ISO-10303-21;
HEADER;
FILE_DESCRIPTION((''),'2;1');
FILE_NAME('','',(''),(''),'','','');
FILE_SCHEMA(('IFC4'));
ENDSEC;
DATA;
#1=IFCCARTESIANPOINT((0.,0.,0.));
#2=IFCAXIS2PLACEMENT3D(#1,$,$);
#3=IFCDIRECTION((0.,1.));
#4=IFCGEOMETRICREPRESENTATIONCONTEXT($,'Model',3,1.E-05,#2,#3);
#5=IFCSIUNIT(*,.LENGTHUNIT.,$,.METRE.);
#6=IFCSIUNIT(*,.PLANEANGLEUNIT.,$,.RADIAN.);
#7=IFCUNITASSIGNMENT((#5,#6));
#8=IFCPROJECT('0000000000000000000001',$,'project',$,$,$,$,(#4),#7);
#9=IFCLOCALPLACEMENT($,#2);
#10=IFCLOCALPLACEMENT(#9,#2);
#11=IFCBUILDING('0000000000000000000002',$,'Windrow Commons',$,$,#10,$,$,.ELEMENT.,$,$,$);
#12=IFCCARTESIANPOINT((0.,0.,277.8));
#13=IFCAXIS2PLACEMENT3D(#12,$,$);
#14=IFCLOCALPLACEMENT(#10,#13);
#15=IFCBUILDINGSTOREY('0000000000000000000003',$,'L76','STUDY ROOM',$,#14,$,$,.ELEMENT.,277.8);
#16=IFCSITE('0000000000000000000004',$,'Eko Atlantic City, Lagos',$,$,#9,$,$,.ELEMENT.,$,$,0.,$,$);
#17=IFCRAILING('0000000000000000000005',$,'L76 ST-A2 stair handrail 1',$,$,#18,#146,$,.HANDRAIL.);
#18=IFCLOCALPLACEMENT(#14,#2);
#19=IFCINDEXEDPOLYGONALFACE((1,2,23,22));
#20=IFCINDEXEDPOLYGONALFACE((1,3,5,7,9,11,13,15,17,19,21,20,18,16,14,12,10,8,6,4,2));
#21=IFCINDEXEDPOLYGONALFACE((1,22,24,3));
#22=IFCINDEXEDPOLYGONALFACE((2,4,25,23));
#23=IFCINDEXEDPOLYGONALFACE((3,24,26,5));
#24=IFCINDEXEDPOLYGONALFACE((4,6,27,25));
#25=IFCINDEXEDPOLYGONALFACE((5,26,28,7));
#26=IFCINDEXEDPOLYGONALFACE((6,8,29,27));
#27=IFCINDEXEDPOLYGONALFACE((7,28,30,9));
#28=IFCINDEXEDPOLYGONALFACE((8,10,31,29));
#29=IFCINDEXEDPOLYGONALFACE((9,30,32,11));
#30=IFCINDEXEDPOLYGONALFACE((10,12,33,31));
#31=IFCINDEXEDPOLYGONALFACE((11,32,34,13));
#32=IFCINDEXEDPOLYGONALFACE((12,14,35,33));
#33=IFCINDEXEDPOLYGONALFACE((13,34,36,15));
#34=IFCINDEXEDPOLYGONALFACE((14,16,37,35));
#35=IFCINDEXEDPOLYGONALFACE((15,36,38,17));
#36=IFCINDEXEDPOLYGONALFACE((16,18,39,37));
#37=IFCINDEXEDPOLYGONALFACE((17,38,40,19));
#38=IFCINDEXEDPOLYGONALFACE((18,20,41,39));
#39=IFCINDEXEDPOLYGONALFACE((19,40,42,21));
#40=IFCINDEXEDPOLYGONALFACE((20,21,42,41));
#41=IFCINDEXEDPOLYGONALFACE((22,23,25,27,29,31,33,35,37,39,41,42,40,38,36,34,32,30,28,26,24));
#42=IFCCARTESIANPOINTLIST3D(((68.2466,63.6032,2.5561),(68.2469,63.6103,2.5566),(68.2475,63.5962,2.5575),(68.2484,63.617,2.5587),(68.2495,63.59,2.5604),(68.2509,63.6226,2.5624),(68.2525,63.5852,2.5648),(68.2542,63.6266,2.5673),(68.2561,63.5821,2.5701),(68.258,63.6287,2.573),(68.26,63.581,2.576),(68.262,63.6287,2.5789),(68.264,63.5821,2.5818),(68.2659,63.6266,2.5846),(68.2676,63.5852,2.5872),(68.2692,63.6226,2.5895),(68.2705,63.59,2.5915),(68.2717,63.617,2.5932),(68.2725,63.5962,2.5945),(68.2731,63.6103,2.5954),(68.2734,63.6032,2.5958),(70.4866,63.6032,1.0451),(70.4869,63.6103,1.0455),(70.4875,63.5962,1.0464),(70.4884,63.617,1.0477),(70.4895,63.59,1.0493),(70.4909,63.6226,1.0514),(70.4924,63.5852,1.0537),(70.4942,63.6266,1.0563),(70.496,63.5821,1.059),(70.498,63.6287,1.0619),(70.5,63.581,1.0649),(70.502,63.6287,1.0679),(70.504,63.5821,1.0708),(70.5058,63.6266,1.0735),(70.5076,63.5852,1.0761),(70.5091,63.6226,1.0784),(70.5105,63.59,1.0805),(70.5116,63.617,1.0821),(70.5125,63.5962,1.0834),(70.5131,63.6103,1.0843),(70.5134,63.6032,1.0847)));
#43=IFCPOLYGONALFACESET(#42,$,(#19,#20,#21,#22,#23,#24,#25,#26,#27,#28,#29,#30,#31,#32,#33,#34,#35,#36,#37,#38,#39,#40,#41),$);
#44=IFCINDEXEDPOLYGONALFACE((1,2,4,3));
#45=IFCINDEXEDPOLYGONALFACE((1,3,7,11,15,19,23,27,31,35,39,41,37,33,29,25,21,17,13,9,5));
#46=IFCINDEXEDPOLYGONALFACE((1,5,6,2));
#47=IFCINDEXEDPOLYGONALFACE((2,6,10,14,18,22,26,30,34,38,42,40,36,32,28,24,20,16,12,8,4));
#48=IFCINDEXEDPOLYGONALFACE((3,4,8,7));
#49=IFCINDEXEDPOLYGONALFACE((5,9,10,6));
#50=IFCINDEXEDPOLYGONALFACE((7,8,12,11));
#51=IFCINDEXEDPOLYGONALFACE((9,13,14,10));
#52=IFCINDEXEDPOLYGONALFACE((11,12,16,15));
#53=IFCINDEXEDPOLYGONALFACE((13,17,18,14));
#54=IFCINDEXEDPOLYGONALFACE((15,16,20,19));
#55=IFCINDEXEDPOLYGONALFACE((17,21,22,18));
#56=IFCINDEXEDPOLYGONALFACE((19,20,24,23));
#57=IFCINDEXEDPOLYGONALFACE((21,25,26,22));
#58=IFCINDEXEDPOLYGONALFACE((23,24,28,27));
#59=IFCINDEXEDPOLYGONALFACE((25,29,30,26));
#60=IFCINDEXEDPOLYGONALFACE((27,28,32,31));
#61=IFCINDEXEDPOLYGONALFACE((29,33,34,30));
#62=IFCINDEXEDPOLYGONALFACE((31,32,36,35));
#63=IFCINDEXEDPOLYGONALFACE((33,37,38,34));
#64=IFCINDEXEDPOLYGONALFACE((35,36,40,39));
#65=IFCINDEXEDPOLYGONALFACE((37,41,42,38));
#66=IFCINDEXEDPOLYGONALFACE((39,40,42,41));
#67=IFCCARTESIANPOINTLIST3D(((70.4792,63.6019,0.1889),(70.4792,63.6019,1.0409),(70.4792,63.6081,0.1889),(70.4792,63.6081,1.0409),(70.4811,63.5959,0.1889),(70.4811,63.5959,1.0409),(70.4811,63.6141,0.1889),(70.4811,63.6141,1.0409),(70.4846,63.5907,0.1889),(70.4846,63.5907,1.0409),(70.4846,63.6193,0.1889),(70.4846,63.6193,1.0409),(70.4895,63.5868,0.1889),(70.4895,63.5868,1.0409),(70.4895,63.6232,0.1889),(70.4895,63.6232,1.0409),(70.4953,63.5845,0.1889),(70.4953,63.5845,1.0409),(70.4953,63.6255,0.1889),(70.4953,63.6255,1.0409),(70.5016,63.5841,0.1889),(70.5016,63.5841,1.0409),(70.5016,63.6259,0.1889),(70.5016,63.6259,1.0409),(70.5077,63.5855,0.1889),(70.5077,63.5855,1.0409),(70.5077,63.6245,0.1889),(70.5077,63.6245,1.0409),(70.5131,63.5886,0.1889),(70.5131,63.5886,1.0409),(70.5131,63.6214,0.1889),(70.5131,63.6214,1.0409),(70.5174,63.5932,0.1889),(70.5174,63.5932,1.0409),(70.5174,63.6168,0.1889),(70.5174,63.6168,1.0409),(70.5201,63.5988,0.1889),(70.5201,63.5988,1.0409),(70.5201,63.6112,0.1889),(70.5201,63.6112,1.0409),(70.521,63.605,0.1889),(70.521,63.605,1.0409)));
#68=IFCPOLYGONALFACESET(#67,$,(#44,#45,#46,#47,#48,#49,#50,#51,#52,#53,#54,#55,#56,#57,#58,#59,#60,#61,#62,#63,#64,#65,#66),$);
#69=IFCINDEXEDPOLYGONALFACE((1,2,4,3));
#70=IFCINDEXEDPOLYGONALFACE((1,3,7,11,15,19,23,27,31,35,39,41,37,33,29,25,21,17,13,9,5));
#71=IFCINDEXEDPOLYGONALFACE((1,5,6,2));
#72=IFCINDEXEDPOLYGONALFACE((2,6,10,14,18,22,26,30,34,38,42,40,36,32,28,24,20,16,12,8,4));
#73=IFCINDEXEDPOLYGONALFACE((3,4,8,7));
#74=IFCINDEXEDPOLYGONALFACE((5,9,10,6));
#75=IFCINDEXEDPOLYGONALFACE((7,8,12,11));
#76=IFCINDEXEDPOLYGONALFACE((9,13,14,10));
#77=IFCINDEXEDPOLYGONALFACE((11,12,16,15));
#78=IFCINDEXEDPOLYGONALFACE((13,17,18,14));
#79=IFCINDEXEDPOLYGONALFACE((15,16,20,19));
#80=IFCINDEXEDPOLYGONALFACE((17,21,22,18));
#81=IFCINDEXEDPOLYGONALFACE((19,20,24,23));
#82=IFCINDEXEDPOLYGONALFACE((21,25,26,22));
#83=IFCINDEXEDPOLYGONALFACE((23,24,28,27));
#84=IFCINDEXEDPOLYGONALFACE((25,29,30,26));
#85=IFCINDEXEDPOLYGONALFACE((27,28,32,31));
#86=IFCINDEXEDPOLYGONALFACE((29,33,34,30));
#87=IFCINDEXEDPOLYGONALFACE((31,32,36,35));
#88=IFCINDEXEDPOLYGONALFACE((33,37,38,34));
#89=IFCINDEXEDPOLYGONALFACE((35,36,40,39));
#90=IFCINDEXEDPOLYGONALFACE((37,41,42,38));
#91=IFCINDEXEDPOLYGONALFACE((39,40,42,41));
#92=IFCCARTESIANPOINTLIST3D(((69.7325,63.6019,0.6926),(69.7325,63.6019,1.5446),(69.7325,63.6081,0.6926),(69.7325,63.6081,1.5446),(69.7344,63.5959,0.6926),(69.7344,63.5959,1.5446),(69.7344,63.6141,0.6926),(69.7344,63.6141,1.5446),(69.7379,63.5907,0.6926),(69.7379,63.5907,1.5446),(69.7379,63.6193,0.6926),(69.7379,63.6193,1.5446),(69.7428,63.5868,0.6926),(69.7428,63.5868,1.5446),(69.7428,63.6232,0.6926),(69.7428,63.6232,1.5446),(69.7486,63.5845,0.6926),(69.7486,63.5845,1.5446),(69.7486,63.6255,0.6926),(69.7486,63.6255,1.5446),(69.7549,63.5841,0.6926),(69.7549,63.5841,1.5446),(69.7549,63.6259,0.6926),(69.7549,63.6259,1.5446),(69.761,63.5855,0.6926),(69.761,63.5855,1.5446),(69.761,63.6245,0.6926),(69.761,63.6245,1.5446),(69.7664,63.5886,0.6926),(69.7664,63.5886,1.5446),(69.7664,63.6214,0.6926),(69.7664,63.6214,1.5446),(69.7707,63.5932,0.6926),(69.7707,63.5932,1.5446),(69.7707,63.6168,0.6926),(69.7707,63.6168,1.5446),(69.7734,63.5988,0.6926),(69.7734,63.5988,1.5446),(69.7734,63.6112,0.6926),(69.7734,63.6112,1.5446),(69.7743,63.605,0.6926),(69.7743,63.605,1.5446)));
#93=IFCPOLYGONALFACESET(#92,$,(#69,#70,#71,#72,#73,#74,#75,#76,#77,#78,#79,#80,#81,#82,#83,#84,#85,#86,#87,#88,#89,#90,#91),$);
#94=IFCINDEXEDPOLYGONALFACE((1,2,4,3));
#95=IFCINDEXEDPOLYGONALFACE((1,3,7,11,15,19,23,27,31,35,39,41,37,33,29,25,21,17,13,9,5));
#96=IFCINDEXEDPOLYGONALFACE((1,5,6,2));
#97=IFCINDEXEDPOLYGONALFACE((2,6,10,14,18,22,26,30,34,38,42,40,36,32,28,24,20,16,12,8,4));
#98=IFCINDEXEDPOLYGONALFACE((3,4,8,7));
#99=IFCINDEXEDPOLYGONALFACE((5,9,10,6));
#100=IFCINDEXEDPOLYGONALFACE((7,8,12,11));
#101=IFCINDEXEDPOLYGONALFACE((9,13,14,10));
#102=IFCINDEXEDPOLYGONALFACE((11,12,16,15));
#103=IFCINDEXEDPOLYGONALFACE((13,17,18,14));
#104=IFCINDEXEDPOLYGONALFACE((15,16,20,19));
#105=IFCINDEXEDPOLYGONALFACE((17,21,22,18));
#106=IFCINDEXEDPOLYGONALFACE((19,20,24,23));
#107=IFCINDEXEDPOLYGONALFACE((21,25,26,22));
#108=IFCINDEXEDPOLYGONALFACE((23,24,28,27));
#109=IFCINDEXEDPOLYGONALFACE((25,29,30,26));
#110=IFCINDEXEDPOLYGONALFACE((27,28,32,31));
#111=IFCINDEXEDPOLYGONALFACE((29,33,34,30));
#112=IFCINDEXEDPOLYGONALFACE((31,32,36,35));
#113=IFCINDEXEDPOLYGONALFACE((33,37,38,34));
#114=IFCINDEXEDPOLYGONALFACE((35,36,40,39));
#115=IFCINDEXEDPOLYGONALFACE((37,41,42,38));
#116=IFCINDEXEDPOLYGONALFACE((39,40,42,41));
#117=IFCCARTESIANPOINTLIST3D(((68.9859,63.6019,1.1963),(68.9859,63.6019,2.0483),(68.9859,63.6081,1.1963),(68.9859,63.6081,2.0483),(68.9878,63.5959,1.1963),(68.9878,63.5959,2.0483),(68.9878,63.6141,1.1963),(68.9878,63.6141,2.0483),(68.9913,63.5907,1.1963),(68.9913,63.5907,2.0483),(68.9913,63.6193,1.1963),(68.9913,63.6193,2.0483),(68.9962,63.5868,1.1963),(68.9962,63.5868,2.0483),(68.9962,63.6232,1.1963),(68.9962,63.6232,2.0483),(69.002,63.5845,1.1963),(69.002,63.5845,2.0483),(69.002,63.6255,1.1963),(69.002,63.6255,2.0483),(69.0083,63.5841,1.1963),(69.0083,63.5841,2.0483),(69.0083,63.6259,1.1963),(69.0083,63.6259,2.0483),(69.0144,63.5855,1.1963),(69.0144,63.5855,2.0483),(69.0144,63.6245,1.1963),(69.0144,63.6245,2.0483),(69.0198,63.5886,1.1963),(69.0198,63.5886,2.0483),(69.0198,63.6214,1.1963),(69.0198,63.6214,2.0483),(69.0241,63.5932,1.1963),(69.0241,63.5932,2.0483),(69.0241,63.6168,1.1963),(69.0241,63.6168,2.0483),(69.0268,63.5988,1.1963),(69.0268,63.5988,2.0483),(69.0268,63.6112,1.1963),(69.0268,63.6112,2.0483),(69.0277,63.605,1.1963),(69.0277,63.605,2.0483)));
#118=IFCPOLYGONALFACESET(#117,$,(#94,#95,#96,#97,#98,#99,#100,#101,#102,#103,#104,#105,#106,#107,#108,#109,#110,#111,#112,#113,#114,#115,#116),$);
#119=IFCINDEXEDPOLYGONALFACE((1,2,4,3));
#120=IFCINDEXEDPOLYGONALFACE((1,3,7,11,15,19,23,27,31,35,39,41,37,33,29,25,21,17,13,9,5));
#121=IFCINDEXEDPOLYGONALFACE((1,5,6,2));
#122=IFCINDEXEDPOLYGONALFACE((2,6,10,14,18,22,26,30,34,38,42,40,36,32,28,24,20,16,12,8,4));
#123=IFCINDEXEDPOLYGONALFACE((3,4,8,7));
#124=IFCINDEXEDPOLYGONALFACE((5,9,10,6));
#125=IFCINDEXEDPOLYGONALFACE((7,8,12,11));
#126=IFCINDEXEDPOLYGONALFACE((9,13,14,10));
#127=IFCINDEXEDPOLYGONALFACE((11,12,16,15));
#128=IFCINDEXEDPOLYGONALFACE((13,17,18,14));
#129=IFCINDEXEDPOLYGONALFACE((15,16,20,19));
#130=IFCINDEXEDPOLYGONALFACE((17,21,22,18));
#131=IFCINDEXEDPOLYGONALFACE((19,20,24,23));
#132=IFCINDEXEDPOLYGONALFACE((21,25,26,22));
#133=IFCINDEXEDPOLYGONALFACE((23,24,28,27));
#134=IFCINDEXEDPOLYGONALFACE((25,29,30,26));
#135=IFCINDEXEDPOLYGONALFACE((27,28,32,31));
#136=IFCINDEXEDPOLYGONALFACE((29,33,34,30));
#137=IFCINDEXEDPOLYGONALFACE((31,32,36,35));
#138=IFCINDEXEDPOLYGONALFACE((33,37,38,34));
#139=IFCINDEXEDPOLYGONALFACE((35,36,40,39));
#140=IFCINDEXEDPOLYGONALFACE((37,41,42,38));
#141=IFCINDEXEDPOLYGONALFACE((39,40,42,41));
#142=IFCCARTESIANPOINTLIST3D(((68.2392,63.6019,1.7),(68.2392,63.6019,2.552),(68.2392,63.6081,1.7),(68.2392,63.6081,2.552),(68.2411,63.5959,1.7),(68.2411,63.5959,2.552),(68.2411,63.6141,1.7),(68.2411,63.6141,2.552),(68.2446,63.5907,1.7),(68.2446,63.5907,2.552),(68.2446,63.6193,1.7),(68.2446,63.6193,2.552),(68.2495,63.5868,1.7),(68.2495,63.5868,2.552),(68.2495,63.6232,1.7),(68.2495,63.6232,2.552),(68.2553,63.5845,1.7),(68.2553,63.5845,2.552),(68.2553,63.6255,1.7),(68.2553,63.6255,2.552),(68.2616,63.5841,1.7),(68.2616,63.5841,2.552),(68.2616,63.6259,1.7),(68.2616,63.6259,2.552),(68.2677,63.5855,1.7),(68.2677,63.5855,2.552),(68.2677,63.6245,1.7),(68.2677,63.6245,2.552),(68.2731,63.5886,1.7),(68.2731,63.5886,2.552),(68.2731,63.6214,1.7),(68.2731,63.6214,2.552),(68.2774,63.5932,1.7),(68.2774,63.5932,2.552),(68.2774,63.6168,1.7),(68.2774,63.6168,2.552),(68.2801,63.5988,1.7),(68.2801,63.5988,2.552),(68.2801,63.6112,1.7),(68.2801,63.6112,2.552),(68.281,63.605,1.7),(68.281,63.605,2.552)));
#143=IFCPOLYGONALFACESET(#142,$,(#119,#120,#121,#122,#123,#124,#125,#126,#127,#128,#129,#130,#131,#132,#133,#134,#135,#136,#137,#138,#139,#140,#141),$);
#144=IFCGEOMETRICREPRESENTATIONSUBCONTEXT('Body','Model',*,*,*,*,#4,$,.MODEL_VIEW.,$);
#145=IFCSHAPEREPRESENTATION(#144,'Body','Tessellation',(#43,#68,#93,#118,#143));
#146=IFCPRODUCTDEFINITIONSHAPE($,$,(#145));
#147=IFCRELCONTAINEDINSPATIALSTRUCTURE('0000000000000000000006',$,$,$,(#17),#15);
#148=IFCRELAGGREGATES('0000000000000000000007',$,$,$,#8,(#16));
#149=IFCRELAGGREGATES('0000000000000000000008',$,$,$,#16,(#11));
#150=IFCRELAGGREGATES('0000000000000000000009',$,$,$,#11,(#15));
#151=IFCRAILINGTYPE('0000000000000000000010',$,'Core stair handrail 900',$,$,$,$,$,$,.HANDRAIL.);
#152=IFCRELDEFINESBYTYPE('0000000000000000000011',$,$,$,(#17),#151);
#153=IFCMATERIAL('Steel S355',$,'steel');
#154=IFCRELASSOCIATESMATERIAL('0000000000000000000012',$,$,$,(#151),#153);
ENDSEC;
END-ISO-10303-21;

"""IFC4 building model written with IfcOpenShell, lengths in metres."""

from ifc_helpers import new_model, si_unit, direction, frame, origin, origin_2d, place, context, subcontext, project, spatial, circle, extrude, material, type_object, element, save


model = new_model("IFC4")

# Units and contexts
model_context = context("Model", 3, precision=1e-05, world=origin(), true_north=direction((0.0, 1.0)))
body_context = subcontext(model_context, "Body", "Model", "MODEL_VIEW")
ifc_project = project(units=[si_unit("LENGTHUNIT", "METRE"), si_unit("PLANEANGLEUNIT", "RADIAN")], contexts=[model_context])

# Site, building, storey
site_placement = place(None, origin())
site = spatial("IfcSite", under=ifc_project, at=site_placement, Name="Eko Atlantic City, Lagos", CompositionType="ELEMENT", RefElevation=0.0)
building_placement = place(site_placement, origin())
building = spatial("IfcBuilding", under=site, at=building_placement, Name="Windrow Commons", CompositionType="ELEMENT")
storey_placement = place(building_placement, frame((0.0, 0.0, 277.8)))
storey = spatial("IfcBuildingStorey", under=building, at=storey_placement, Name="L76", Description="STUDY ROOM", CompositionType="ELEMENT", Elevation=277.8)

# Railing
ifc_material_1 = material(Name="Steel S355", Category="steel")
railing_type_1 = type_object("IfcRailingType", Name="Core stair handrail 900", PredefinedType="HANDRAIL", material=ifc_material_1)
for number, where, name in (
    (1, (70.5, 63.605, 0.1889), "L76 ST-A2 stair handrail 1"),
):
    element("IfcRailing", number, at=place(storey_placement, frame(where)), inside=storey, type_object=railing_type_1, Name=name, PredefinedType="HANDRAIL", context=body_context, shape_type="SweptSolid", body=[
        extrude(circle(Radius=0.024, at=origin_2d()), frame((0.0, 0.0, 0.876), z_axis=(-0.829003, 0.0, 0.559244), x_axis=(0.0, -1.0, 0.0)), (0.0, 0.0, 1.0), 2.702),
        extrude(circle(Radius=0.021, at=origin_2d()), origin(), (0.0, 0.0, 1.0), 0.852),
        extrude(circle(Radius=0.021, at=origin_2d()), frame((-0.7467, 0.0, 0.5037)), (0.0, 0.0, 1.0), 0.852),
        extrude(circle(Radius=0.021, at=origin_2d()), frame((-1.4933, 0.0, 1.0074)), (0.0, 0.0, 1.0), 0.852),
        extrude(circle(Radius=0.021, at=origin_2d()), frame((-2.24, 0.0, 1.5111)), (0.0, 0.0, 1.0), 0.852),
    ])

save(model, "model.ifc")
